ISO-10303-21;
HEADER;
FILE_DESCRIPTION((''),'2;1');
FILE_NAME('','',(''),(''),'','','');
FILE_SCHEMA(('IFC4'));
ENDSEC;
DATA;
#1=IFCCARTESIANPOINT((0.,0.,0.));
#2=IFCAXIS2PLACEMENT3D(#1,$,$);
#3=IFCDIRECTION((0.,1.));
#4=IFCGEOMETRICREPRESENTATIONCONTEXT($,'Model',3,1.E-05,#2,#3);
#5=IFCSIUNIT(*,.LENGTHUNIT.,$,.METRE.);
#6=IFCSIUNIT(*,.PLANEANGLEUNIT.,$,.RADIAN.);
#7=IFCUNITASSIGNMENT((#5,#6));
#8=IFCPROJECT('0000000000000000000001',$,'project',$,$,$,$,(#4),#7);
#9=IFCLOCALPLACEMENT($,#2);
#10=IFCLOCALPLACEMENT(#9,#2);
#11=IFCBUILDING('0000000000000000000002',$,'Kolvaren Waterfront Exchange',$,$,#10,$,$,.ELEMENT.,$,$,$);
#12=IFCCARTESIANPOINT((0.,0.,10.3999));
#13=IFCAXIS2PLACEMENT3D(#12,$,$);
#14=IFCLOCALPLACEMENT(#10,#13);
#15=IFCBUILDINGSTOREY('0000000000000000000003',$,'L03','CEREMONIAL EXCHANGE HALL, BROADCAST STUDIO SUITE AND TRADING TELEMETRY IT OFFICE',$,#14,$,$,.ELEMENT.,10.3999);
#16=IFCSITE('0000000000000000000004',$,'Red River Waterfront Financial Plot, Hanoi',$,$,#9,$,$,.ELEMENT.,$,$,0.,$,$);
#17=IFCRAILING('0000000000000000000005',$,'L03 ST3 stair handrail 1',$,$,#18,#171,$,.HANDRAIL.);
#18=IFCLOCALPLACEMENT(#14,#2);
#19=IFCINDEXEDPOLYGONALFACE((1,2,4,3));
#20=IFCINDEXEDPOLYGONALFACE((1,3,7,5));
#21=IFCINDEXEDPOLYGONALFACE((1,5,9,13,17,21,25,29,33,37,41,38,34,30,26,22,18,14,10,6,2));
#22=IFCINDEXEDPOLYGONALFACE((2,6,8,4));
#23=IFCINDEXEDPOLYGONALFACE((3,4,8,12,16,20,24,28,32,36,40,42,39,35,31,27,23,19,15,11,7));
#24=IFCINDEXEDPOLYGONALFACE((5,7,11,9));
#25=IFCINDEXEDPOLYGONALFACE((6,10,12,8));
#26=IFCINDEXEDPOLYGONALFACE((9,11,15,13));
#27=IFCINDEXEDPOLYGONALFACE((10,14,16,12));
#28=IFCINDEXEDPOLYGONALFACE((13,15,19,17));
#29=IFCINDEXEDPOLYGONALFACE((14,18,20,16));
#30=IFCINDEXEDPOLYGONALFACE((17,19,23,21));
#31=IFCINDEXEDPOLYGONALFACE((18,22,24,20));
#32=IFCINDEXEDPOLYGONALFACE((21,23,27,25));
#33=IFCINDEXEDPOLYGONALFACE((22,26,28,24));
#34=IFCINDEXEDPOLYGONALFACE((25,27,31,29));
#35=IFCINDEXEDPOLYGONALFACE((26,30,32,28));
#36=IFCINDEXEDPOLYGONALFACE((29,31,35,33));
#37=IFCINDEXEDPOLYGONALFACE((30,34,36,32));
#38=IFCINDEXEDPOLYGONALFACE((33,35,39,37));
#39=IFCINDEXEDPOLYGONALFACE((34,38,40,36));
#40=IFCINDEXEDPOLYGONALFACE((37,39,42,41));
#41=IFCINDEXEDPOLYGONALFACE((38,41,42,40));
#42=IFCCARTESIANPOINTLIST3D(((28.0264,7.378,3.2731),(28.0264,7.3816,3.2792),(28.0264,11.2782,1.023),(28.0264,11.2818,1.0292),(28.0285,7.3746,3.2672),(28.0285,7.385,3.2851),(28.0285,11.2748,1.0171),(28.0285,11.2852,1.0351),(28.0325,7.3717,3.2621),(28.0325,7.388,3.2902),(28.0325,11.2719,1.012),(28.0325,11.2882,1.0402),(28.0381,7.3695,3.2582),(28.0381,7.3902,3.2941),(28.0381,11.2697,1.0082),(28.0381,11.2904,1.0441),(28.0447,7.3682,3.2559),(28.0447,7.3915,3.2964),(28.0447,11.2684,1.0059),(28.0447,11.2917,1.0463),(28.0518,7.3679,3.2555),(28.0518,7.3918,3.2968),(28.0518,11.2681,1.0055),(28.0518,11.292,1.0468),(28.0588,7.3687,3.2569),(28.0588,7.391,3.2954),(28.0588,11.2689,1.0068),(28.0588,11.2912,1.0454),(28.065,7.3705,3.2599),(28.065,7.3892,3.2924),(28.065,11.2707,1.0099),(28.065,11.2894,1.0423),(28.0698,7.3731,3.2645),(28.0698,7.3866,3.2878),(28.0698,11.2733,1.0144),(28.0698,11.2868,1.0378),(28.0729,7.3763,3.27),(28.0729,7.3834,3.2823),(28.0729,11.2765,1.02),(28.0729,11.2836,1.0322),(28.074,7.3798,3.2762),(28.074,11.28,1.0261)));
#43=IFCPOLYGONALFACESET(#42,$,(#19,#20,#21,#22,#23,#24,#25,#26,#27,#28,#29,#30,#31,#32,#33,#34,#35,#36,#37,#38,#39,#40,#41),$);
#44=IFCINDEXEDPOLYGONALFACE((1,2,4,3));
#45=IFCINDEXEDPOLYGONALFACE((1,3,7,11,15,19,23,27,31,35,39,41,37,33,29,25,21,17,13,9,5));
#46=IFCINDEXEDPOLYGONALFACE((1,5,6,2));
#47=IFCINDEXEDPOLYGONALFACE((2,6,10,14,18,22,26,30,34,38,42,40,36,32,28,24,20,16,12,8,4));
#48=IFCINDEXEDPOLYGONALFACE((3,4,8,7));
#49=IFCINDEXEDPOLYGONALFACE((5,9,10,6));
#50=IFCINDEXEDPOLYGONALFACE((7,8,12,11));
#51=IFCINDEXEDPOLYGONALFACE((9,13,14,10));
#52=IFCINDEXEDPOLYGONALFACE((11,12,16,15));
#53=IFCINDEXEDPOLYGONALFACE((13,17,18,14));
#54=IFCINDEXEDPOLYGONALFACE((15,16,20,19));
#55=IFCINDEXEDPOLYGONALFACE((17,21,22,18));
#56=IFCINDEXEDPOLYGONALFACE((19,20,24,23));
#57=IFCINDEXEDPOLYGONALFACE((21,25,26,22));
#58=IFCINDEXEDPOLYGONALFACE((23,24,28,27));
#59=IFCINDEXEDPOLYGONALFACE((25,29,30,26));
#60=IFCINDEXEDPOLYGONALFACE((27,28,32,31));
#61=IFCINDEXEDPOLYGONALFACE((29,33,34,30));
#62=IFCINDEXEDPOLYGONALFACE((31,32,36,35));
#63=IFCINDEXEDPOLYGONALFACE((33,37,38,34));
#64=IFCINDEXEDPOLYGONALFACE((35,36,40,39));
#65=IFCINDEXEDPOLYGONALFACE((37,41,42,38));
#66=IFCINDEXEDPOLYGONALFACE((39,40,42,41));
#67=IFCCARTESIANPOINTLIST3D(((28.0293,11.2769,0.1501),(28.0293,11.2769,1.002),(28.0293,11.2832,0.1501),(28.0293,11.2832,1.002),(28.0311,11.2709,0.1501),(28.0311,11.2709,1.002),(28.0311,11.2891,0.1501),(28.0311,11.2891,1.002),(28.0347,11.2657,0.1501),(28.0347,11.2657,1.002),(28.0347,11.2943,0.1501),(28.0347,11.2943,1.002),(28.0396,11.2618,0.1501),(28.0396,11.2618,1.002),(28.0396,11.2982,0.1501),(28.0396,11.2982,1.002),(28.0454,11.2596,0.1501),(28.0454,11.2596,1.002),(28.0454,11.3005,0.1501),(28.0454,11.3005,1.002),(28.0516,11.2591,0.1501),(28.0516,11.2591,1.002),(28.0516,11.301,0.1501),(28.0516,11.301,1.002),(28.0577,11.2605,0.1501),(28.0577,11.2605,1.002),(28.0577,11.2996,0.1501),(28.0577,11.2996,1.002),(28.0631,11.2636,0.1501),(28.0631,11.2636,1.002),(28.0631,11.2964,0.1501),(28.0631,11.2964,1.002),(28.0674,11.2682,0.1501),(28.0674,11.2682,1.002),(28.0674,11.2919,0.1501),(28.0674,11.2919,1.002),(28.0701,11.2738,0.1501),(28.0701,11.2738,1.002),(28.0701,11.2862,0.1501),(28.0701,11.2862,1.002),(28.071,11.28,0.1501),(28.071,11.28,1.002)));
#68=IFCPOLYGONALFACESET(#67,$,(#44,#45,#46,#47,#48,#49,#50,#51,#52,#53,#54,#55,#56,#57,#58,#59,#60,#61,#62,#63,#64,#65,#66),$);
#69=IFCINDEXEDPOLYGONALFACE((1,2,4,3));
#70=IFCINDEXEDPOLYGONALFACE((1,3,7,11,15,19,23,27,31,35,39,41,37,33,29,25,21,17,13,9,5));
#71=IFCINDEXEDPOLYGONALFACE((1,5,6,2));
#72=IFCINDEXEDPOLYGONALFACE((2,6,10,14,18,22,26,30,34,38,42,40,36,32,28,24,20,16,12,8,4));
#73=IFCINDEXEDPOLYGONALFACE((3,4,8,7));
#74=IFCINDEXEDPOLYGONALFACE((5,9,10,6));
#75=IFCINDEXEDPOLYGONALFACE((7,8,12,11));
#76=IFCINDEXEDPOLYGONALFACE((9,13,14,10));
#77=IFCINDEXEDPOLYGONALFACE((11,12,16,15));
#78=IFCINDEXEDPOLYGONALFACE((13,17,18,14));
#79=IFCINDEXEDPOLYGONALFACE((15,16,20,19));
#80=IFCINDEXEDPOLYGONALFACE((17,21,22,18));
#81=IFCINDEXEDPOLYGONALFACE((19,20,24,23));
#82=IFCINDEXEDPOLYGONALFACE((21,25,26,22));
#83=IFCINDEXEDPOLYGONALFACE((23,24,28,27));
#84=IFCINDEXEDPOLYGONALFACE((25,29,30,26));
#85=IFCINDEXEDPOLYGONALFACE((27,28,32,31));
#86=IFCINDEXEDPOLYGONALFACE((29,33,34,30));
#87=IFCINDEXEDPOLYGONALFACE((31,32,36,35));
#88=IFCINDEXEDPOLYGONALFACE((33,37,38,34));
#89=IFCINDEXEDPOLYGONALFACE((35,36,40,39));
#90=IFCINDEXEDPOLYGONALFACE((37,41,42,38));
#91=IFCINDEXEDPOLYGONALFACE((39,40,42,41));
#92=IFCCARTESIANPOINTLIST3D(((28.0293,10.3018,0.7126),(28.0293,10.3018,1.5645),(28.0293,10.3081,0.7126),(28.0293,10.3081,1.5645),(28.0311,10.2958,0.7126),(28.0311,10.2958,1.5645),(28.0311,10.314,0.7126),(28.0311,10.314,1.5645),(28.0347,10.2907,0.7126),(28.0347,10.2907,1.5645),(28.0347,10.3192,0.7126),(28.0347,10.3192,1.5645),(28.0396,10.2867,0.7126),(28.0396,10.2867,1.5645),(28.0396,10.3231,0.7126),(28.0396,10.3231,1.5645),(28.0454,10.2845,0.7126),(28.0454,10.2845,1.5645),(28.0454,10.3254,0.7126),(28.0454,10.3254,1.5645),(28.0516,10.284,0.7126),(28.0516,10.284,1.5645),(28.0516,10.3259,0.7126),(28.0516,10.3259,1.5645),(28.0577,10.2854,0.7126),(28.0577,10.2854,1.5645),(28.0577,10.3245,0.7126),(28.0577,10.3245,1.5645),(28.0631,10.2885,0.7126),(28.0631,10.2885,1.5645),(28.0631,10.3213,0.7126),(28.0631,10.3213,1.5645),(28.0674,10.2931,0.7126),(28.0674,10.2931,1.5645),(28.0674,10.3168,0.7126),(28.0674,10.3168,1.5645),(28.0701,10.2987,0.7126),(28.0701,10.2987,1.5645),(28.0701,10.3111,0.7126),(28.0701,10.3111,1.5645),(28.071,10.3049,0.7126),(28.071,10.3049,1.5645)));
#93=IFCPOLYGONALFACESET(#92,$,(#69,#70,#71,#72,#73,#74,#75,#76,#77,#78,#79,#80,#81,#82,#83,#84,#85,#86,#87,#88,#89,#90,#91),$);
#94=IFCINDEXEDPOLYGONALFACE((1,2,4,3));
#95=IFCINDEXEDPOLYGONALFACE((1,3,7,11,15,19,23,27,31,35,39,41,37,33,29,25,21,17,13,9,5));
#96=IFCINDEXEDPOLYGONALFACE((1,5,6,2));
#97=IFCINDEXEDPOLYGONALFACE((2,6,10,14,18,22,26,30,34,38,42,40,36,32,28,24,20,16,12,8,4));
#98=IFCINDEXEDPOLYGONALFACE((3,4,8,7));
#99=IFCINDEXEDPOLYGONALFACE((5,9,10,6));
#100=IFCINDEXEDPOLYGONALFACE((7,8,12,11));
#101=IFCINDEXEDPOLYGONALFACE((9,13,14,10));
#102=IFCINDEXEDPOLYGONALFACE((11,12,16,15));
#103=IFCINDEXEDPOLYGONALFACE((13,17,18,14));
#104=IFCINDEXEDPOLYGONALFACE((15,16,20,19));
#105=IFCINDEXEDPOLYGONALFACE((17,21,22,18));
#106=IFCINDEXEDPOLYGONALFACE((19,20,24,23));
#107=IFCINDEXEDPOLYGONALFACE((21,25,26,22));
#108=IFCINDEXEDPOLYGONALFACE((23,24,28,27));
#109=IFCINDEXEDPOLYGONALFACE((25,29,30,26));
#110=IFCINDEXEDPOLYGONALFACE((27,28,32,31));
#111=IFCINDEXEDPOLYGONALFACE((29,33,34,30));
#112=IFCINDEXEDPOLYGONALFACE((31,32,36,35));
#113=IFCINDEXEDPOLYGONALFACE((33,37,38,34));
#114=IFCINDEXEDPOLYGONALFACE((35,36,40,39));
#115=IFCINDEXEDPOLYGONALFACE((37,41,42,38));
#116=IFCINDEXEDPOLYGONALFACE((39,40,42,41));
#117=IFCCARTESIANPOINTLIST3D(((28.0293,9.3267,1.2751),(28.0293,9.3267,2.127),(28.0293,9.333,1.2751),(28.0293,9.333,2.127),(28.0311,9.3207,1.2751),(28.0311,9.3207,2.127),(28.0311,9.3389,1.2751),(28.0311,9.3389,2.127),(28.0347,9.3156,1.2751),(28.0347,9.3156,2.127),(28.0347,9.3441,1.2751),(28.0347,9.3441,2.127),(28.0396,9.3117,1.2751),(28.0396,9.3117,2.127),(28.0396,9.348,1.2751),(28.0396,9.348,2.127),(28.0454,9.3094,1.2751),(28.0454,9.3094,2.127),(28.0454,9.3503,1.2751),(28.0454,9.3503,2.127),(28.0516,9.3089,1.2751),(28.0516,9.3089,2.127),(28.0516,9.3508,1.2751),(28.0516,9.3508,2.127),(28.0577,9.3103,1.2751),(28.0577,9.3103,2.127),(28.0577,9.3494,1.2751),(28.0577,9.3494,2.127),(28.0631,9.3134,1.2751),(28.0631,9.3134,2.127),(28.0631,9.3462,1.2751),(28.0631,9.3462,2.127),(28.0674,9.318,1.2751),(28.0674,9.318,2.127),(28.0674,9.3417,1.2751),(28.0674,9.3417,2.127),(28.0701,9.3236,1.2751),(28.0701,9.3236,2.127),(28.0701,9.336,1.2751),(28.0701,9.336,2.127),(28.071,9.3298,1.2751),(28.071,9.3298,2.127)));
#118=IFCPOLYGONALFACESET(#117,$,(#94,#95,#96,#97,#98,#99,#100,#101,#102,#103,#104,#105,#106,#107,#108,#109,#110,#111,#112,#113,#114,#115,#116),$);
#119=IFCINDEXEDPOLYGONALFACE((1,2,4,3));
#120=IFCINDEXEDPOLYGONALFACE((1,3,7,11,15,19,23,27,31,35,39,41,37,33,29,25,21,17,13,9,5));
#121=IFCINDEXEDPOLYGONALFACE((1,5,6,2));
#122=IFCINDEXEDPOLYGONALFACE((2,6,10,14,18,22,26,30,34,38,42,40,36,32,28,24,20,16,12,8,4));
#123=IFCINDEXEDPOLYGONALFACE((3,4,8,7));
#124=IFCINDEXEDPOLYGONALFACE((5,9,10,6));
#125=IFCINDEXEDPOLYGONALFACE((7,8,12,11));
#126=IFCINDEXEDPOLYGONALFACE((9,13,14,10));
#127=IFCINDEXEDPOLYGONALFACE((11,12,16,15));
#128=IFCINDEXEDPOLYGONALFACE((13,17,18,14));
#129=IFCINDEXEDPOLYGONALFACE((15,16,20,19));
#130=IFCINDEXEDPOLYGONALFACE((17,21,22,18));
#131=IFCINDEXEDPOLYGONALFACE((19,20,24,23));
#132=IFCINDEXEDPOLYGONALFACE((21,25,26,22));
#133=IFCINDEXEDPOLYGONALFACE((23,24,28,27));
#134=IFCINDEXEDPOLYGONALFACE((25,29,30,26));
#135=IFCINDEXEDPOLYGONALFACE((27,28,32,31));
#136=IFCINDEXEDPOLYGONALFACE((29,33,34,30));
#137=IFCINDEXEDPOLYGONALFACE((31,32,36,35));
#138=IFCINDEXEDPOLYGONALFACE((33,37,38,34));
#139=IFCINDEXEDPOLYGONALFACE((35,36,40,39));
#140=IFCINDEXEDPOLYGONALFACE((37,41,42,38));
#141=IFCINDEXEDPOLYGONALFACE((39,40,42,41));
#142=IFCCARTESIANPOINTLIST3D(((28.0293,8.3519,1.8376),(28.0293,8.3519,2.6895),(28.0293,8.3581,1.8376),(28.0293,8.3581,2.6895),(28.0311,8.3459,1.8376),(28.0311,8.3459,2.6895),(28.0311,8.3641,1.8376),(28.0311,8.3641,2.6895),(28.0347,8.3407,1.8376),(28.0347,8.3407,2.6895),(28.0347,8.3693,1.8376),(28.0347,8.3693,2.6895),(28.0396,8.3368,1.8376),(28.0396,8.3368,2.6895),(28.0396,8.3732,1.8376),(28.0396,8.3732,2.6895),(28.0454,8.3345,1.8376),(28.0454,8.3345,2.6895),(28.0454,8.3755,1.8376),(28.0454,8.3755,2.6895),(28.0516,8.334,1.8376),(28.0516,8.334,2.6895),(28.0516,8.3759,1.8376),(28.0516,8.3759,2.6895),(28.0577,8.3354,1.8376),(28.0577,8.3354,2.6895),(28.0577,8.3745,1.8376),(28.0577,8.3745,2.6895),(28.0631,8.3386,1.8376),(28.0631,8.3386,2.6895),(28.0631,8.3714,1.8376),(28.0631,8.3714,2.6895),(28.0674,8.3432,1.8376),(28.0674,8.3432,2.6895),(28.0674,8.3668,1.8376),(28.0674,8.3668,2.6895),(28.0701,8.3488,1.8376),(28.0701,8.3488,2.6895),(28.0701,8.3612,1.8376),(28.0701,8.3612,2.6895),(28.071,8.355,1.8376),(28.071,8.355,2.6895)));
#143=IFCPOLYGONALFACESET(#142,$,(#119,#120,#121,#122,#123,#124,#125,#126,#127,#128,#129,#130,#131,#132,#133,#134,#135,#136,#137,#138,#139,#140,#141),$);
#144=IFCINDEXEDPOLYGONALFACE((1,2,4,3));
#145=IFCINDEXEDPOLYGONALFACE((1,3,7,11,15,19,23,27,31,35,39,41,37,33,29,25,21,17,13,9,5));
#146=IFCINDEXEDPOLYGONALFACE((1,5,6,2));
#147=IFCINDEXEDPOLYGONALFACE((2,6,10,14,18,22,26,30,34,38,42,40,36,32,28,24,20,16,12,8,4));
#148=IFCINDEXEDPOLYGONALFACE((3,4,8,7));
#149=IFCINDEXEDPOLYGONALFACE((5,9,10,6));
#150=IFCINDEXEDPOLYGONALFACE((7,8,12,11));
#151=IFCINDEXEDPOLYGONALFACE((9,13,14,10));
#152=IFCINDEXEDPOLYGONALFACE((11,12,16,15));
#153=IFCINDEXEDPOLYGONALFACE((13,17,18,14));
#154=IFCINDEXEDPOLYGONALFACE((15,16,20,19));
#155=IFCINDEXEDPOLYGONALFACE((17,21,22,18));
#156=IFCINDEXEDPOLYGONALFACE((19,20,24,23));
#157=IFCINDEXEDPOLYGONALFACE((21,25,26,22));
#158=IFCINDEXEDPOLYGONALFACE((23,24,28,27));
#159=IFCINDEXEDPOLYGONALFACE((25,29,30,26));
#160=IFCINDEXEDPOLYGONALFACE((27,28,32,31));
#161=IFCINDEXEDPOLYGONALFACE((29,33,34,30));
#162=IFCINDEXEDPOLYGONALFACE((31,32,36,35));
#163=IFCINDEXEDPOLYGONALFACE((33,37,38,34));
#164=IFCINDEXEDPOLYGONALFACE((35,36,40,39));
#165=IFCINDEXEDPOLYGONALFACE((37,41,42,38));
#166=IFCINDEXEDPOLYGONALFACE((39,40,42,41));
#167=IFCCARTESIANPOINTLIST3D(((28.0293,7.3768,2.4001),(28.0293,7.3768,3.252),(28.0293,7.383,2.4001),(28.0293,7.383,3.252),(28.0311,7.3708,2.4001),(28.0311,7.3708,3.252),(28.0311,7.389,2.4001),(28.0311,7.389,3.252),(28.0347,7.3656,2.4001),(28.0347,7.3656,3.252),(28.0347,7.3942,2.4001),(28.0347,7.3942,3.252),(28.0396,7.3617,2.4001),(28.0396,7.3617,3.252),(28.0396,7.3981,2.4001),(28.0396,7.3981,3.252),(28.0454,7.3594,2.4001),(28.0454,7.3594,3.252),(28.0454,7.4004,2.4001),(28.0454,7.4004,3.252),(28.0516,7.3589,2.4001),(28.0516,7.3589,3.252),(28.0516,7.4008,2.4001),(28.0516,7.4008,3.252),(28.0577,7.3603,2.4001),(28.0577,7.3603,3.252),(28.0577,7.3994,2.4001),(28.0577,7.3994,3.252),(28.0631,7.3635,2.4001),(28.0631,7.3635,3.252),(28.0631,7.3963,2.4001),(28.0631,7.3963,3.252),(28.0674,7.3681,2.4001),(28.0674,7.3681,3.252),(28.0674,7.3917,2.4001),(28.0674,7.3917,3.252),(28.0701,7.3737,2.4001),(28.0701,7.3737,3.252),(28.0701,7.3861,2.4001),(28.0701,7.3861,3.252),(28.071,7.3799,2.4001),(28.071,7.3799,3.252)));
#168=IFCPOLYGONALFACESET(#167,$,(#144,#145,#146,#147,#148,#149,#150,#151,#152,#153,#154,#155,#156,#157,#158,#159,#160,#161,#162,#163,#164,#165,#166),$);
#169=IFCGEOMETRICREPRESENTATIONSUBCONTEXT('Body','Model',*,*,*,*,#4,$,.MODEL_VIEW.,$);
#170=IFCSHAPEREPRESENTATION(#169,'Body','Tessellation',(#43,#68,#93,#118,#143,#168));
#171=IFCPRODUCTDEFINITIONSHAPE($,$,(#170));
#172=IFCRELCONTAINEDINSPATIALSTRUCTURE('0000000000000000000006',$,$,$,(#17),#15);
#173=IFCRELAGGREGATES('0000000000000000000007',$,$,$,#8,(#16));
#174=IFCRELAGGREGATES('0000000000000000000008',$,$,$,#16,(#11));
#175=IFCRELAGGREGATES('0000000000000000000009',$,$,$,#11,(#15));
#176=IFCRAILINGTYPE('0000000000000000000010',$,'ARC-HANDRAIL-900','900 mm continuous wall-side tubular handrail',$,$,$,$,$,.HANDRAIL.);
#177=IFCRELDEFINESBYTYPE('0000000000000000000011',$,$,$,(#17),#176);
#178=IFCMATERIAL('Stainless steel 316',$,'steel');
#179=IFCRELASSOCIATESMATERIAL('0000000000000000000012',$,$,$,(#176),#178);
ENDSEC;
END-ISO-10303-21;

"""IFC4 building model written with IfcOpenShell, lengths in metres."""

from ifc_helpers import new_model, si_unit, direction, frame, origin, origin_2d, place, context, subcontext, project, spatial, circle, extrude, material, type_object, element, save


model = new_model("IFC4")

# Units and contexts
model_context = context("Model", 3, precision=1e-05, world=origin(), true_north=direction((0.0, 1.0)))
body_context = subcontext(model_context, "Body", "Model", "MODEL_VIEW")
ifc_project = project(units=[si_unit("LENGTHUNIT", "METRE"), si_unit("PLANEANGLEUNIT", "RADIAN")], contexts=[model_context])

# Site, building, storey
site_placement = place(None, origin())
site = spatial("IfcSite", under=ifc_project, at=site_placement, Name="Red River Waterfront Financial Plot, Hanoi", CompositionType="ELEMENT", RefElevation=0.0)
building_placement = place(site_placement, origin())
building = spatial("IfcBuilding", under=site, at=building_placement, Name="Kolvaren Waterfront Exchange", CompositionType="ELEMENT")
storey_placement = place(building_placement, frame((0.0, 0.0, 10.3999)))
storey = spatial("IfcBuildingStorey", under=building, at=storey_placement, Name="L03", Description="CEREMONIAL EXCHANGE HALL, BROADCAST STUDIO SUITE AND TRADING TELEMETRY IT OFFICE", CompositionType="ELEMENT", Elevation=10.3999)

# Railing
ifc_material_1 = material(Name="Stainless steel 316", Category="steel")
railing_type_1 = type_object("IfcRailingType", Name="ARC-HANDRAIL-900", Description="900 mm continuous wall-side tubular handrail", PredefinedType="HANDRAIL", material=ifc_material_1)
railing_1_placement = place(storey_placement, frame((28.05, 11.28, 0.1501)))
element("IfcRailing", 1, at=railing_1_placement, inside=storey, type_object=railing_type_1, Name="L03 ST3 stair handrail 1", PredefinedType="HANDRAIL", context=body_context, shape_type="SweptSolid", body=[
    extrude(circle(Radius=0.0239, at=origin_2d()), frame((0.0, 0.0, 0.876), z_axis=(0.0, -0.866194, 0.499708), x_axis=(1.0, 0.0, 0.0)), (0.0, 0.0, 1.0), 4.5027),
    extrude(circle(Radius=0.021, at=origin_2d()), origin(), (0.0, 0.0, 1.0), 0.8518),
    extrude(circle(Radius=0.021, at=origin_2d()), frame((0.0, -0.9751, 0.5625)), (0.0, 0.0, 1.0), 0.8518),
    extrude(circle(Radius=0.021, at=origin_2d()), frame((0.0, -1.9502, 1.125)), (0.0, 0.0, 1.0), 0.8518),
    extrude(circle(Radius=0.021, at=origin_2d()), frame((0.0, -2.925, 1.6875)), (0.0, 0.0, 1.0), 0.8518),
    extrude(circle(Radius=0.021, at=origin_2d()), frame((0.0, -3.9001, 2.25)), (0.0, 0.0, 1.0), 0.8518),
])

save(model, "model.ifc")
